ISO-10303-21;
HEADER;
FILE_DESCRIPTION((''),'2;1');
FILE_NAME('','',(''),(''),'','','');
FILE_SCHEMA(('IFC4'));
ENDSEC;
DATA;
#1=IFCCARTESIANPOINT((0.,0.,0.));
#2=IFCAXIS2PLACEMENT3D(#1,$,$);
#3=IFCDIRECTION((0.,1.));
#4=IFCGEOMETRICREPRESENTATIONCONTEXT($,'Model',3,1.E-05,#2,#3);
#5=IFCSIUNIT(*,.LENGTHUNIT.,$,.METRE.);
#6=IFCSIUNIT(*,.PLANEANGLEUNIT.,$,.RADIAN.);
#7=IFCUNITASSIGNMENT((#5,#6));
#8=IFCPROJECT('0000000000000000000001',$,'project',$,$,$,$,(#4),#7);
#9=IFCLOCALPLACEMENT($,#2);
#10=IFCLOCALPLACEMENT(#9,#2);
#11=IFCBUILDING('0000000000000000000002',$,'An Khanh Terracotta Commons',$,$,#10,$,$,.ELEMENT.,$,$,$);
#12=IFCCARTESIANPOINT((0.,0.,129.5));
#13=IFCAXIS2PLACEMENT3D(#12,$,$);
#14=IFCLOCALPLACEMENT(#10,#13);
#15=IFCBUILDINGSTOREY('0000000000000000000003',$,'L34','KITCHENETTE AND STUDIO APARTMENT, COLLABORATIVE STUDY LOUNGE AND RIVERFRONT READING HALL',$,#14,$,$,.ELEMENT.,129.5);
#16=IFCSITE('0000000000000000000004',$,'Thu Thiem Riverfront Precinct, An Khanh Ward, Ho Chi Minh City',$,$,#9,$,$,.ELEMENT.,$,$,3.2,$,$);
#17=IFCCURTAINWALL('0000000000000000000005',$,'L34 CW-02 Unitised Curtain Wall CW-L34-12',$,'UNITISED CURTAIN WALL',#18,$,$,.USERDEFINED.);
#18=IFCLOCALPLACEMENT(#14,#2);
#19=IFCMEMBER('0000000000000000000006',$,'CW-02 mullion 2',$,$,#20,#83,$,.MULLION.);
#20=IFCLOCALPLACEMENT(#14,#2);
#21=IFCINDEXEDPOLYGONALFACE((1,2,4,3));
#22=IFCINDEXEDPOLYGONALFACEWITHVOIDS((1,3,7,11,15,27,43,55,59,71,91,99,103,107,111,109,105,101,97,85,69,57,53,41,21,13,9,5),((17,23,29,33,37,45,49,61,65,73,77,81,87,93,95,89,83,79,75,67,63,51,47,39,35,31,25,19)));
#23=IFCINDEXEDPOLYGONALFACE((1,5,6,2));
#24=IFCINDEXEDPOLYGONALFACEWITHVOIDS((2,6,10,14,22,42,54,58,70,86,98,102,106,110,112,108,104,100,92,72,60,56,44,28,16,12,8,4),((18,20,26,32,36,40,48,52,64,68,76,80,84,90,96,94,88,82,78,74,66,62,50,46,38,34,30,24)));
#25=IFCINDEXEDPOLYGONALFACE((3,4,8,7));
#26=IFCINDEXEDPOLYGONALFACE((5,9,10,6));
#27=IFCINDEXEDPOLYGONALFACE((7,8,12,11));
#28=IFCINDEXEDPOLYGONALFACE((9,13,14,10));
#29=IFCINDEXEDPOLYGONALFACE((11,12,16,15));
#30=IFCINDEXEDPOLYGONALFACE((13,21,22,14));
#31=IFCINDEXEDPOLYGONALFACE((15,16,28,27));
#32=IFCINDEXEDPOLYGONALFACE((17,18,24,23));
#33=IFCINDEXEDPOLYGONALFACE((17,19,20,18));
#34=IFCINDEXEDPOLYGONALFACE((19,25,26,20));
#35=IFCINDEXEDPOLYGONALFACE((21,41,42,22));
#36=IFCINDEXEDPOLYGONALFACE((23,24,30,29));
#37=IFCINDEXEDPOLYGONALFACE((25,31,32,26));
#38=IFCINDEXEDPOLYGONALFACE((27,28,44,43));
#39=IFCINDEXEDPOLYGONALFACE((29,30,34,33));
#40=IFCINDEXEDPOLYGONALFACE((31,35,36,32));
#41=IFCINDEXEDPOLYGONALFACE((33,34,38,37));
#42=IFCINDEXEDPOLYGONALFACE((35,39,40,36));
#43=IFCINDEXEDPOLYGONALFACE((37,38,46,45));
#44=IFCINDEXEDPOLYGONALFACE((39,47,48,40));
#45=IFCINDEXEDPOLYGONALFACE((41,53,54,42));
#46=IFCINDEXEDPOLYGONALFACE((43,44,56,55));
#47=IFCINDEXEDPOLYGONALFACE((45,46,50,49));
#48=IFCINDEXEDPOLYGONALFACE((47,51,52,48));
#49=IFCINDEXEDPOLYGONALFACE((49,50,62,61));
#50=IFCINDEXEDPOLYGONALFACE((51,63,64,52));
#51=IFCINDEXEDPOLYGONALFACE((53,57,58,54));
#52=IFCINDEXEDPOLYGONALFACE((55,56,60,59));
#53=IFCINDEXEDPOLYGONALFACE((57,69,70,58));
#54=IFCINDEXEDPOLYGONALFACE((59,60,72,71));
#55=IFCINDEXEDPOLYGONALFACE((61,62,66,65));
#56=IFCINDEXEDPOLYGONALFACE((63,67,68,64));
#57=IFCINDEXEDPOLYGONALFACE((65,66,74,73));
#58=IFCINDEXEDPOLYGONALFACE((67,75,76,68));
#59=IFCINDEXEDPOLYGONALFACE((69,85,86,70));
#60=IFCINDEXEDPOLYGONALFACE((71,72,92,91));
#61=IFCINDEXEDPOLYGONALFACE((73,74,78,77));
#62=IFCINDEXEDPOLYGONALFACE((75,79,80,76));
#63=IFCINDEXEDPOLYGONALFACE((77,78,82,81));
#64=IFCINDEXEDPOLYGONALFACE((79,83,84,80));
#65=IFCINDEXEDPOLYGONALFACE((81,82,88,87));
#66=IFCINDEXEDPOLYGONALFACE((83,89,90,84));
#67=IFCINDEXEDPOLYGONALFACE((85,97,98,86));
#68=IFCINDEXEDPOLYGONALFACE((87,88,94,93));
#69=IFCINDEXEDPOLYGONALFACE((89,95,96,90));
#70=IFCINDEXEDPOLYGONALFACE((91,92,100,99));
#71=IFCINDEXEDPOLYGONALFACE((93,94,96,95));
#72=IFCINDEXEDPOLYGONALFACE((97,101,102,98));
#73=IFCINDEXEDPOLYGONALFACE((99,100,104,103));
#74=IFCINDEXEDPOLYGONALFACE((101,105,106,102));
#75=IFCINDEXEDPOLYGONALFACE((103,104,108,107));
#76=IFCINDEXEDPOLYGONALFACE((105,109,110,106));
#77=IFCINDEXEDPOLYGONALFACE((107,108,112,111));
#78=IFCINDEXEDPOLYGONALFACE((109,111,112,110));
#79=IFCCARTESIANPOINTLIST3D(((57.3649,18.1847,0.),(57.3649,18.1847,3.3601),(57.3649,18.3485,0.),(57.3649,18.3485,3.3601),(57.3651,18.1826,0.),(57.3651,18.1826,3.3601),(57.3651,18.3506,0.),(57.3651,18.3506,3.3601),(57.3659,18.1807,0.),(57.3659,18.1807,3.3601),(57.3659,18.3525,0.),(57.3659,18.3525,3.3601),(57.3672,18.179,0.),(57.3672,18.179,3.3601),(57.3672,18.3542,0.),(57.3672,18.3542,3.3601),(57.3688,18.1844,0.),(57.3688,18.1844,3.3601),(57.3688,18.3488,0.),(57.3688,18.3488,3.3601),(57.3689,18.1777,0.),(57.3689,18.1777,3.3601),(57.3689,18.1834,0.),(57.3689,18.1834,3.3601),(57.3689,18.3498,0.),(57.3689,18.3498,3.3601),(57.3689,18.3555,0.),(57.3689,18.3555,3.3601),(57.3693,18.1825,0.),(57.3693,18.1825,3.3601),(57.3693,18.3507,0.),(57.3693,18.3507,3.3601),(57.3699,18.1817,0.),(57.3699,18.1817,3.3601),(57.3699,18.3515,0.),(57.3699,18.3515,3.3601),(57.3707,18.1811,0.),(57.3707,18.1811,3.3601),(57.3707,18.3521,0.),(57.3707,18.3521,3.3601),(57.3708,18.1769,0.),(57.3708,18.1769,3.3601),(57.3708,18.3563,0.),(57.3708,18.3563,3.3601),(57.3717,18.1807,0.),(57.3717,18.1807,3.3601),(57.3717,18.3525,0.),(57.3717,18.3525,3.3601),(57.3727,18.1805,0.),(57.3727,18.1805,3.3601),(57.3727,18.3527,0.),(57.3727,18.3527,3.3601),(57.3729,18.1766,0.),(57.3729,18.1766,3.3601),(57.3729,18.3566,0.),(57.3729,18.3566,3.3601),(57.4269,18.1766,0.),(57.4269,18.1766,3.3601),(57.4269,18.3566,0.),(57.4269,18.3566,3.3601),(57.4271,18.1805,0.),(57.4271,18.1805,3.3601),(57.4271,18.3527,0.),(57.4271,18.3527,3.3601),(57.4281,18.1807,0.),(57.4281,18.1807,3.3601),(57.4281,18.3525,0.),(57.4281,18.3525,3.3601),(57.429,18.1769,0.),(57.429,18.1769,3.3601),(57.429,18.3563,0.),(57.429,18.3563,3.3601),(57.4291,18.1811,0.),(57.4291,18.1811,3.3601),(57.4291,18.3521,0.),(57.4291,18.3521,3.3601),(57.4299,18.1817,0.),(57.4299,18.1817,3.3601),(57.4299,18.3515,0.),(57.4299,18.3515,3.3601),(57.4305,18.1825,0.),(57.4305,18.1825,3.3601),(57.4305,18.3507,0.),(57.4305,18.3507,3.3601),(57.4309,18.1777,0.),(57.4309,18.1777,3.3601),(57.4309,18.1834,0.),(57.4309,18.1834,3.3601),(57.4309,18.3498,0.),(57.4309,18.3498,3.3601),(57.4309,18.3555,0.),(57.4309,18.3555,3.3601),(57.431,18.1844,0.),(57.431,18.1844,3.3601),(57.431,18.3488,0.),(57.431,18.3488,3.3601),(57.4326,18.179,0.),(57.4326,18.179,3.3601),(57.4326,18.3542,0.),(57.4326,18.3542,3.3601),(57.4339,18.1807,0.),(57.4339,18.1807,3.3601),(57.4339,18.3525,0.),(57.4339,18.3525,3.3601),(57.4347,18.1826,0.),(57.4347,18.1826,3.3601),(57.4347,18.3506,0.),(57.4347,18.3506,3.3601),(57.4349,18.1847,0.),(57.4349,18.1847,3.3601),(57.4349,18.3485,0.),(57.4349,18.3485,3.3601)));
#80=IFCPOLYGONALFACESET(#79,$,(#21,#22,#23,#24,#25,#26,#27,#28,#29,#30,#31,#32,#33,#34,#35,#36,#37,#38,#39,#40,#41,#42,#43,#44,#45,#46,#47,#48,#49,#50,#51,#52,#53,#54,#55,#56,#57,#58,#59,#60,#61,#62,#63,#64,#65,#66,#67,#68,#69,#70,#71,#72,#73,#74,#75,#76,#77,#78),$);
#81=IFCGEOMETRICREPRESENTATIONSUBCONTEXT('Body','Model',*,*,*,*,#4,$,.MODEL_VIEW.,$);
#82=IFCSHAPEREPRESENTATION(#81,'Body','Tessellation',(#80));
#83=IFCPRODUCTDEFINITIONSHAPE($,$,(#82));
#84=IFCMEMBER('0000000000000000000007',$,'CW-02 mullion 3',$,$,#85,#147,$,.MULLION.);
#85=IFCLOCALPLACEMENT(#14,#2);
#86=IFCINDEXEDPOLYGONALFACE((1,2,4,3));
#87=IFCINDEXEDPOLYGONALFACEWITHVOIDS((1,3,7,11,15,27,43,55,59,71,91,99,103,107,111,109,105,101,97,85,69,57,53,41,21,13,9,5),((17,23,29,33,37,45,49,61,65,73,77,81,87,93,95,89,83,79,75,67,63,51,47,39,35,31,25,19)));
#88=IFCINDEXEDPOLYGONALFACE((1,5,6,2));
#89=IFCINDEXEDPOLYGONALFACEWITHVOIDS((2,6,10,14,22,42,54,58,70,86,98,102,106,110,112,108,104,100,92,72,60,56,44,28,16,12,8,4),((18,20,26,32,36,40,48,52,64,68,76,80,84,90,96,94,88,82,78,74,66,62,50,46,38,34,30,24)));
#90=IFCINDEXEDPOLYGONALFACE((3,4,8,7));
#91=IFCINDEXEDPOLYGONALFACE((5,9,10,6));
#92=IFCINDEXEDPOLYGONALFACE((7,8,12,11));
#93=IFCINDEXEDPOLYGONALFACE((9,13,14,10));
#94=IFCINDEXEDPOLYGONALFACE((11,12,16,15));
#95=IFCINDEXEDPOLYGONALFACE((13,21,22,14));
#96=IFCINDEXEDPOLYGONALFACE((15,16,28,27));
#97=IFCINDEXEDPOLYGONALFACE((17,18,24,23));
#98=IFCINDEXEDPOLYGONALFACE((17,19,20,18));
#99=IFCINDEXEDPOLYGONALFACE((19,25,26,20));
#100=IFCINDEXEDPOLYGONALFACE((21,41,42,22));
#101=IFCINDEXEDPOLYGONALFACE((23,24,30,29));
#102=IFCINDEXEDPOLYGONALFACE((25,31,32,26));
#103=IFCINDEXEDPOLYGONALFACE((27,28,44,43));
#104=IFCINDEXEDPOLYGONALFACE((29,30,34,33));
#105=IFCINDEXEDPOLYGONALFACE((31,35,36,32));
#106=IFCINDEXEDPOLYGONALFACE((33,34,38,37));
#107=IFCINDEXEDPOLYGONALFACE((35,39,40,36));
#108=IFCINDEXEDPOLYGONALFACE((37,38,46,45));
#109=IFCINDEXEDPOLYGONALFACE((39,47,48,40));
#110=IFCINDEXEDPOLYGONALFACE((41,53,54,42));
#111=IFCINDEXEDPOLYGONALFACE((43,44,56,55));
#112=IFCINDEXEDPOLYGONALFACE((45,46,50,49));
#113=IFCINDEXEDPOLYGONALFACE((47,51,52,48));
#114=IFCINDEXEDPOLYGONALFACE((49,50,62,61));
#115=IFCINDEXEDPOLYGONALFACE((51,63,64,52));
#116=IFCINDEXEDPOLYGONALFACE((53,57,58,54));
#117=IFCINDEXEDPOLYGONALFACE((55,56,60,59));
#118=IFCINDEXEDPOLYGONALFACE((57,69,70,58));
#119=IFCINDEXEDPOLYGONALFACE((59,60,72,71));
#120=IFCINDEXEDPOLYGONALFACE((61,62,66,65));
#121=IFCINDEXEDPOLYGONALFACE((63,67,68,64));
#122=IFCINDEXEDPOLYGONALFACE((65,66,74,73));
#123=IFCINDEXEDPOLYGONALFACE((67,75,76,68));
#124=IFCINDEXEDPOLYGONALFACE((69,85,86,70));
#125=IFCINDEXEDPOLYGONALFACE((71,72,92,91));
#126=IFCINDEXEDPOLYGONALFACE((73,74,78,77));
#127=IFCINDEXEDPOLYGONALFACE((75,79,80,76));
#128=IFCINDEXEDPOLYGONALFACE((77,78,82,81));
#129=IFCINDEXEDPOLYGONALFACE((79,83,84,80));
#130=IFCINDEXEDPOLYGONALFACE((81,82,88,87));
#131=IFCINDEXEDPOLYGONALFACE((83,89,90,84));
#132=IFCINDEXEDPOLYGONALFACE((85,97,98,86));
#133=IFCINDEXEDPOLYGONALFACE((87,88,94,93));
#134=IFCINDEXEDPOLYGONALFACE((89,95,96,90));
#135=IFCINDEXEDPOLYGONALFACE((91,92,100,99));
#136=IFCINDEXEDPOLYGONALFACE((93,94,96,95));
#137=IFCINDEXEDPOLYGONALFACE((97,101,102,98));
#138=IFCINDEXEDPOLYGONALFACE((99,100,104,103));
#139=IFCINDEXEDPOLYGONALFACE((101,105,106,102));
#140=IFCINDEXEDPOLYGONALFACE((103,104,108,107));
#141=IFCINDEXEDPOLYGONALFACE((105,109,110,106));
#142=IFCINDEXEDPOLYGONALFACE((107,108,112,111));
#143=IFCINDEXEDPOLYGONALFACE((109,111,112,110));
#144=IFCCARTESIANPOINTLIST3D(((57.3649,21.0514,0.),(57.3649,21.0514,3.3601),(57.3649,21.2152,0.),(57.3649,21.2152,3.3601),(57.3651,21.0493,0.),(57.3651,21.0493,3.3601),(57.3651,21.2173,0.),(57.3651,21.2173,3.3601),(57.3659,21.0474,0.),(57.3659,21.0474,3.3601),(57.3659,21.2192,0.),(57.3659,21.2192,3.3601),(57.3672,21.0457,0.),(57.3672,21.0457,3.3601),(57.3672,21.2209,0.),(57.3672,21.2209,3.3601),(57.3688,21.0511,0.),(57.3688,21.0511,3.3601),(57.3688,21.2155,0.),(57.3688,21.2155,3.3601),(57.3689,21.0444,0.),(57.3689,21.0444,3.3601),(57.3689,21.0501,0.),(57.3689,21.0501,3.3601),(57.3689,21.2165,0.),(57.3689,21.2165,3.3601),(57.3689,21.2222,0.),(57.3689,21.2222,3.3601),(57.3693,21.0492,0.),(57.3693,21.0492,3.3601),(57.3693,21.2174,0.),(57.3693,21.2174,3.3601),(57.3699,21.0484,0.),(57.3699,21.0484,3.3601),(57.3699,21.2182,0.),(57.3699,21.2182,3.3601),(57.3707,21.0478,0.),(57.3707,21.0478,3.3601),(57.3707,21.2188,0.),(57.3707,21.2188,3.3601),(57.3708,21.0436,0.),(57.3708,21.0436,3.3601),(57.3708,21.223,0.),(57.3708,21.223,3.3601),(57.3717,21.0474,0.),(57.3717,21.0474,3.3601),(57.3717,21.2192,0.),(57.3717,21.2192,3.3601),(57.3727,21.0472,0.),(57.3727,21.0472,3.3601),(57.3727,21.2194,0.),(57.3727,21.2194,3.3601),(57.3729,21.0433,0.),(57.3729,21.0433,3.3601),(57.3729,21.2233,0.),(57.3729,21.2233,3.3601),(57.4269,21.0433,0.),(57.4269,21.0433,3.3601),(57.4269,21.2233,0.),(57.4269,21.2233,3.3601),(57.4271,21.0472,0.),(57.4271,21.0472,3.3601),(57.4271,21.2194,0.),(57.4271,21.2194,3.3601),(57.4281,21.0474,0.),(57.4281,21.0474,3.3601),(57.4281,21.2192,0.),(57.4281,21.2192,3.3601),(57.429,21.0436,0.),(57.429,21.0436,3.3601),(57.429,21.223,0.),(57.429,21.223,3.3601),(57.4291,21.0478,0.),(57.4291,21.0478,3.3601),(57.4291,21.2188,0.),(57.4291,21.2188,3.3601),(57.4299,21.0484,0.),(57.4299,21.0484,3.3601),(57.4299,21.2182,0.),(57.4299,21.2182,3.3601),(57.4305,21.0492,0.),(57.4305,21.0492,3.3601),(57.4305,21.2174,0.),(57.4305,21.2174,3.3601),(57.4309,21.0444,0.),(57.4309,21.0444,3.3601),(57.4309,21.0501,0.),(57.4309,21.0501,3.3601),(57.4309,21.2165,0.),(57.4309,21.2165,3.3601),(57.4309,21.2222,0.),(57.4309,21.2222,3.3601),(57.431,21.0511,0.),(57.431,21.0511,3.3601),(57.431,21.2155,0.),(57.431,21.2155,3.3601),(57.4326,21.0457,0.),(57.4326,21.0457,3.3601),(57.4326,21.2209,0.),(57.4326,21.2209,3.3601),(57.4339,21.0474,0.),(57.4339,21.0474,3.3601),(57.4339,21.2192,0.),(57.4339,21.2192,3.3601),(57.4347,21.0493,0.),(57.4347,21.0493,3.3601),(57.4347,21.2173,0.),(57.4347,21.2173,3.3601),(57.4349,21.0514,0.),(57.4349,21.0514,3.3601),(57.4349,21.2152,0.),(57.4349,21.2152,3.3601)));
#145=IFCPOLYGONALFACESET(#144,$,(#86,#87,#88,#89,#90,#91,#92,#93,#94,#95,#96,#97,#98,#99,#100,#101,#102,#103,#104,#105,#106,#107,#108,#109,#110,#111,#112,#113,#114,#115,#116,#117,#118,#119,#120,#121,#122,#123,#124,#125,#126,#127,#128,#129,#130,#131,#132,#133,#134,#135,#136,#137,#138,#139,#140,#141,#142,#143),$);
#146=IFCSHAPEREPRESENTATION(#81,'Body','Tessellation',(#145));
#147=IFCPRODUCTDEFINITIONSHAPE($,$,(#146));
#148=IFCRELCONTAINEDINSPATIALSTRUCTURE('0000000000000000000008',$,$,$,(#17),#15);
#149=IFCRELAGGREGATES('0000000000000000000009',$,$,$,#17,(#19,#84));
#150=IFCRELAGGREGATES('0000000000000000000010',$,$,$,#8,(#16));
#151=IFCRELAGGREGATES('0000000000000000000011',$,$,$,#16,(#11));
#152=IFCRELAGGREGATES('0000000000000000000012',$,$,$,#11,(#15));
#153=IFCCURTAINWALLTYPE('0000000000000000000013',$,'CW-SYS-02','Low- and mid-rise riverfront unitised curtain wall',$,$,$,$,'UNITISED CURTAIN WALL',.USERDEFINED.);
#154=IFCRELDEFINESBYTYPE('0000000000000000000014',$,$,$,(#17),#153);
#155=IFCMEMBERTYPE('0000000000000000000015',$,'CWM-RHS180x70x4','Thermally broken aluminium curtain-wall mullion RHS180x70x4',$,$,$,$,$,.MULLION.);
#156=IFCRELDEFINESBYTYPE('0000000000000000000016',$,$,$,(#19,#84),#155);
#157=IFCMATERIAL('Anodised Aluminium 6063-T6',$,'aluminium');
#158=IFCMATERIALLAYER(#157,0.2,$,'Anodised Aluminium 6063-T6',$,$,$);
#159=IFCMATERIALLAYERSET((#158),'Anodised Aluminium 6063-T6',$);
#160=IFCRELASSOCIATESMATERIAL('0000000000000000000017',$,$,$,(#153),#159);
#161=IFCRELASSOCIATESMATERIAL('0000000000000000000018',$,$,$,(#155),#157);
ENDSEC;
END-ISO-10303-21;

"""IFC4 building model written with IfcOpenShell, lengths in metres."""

from ifc_helpers import new_model, si_unit, direction, frame, origin, origin_2d, place, context, subcontext, project, spatial, hollow_rectangle, extrude, material, layer, layer_set, material_profile, profile_set, type_object, element, aggregate, save


model = new_model("IFC4")

# Units and contexts
model_context = context("Model", 3, precision=1e-05, world=origin(), true_north=direction((0.0, 1.0)))
body_context = subcontext(model_context, "Body", "Model", "MODEL_VIEW")
ifc_project = project(units=[si_unit("LENGTHUNIT", "METRE"), si_unit("PLANEANGLEUNIT", "RADIAN")], contexts=[model_context])

# Site, building, storey
site_placement = place(None, origin())
site = spatial("IfcSite", under=ifc_project, at=site_placement, Name="Thu Thiem Riverfront Precinct, An Khanh Ward, Ho Chi Minh City", CompositionType="ELEMENT", RefElevation=3.2)
building_placement = place(site_placement, origin())
building = spatial("IfcBuilding", under=site, at=building_placement, Name="An Khanh Terracotta Commons", CompositionType="ELEMENT")
storey_placement = place(building_placement, frame((0.0, 0.0, 129.5)))
storey = spatial("IfcBuildingStorey", under=building, at=storey_placement, Name="L34", Description="KITCHENETTE AND STUDIO APARTMENT, COLLABORATIVE STUDY LOUNGE AND RIVERFRONT READING HALL", CompositionType="ELEMENT", Elevation=129.5)

# Curtain wall, members
ifc_material_1 = material(Name="Anodised Aluminium 6063-T6", Category="aluminium")
ifc_layer_1 = layer(ifc_material_1, 0.2, Name="Anodised Aluminium 6063-T6")
ifc_layer_set_1 = layer_set([ifc_layer_1], Name="Anodised Aluminium 6063-T6")
curtain_wall_type = type_object("IfcCurtainWallType", Name="CW-SYS-02", Description="Low- and mid-rise riverfront unitised curtain wall", ElementType="UNITISED CURTAIN WALL", PredefinedType="USERDEFINED", material=ifc_layer_set_1)
ifc_material_profile_1 = material_profile(ifc_material_1, hollow_rectangle(XDim=0.0701, YDim=0.1799, WallThickness=0.0039, InnerFilletRadius=0.0039, OuterFilletRadius=0.0081, at=origin_2d()), Name="RHS180x70x4")
ifc_profile_set_1 = profile_set([ifc_material_profile_1], Name="Anodised Aluminium 6063-T6")
member_type_1 = type_object("IfcMemberType", Name="CWM-RHS180x70x4", Description="Thermally broken aluminium curtain-wall mullion RHS180x70x4", PredefinedType="MULLION", material=ifc_profile_set_1)
curtain_wall_1_placement = place(storey_placement, origin())
curtain_wall_1 = element("IfcCurtainWall", 1, at=curtain_wall_1_placement, inside=storey, type_object=curtain_wall_type, Name="L34 CW-02 Unitised Curtain Wall CW-L34-12", ObjectType="UNITISED CURTAIN WALL", PredefinedType="USERDEFINED")
member_1_placement = place(storey_placement, frame((57.3999, 18.2666, 0.0), z_axis=(0.0, 0.0, 1.0), x_axis=(-1.0, 0.0, 0.0)))
member_1 = element("IfcMember", 2, at=member_1_placement, type_object=member_type_1, Name="CW-02 mullion 2", PredefinedType="MULLION", context=body_context, shape_type="SweptSolid", body=[
    extrude(hollow_rectangle(XDim=0.0701, YDim=0.1799, WallThickness=0.0039, InnerFilletRadius=0.0039, OuterFilletRadius=0.0081, at=origin_2d()), origin(), (0.0, 0.0, 1.0), 3.3601),
])
member_2_placement = place(storey_placement, frame((57.3999, 21.1333, 0.0), z_axis=(0.0, 0.0, 1.0), x_axis=(-1.0, 0.0, 0.0)))
member_2 = element("IfcMember", 3, at=member_2_placement, type_object=member_type_1, Name="CW-02 mullion 3", PredefinedType="MULLION", context=body_context, shape_type="SweptSolid", body=[
    extrude(hollow_rectangle(XDim=0.0701, YDim=0.1799, WallThickness=0.0039, InnerFilletRadius=0.0039, OuterFilletRadius=0.0081, at=origin_2d()), origin(), (0.0, 0.0, 1.0), 3.3601),
])

aggregate(curtain_wall_1, [member_1, member_2])

save(model, "model.ifc")
